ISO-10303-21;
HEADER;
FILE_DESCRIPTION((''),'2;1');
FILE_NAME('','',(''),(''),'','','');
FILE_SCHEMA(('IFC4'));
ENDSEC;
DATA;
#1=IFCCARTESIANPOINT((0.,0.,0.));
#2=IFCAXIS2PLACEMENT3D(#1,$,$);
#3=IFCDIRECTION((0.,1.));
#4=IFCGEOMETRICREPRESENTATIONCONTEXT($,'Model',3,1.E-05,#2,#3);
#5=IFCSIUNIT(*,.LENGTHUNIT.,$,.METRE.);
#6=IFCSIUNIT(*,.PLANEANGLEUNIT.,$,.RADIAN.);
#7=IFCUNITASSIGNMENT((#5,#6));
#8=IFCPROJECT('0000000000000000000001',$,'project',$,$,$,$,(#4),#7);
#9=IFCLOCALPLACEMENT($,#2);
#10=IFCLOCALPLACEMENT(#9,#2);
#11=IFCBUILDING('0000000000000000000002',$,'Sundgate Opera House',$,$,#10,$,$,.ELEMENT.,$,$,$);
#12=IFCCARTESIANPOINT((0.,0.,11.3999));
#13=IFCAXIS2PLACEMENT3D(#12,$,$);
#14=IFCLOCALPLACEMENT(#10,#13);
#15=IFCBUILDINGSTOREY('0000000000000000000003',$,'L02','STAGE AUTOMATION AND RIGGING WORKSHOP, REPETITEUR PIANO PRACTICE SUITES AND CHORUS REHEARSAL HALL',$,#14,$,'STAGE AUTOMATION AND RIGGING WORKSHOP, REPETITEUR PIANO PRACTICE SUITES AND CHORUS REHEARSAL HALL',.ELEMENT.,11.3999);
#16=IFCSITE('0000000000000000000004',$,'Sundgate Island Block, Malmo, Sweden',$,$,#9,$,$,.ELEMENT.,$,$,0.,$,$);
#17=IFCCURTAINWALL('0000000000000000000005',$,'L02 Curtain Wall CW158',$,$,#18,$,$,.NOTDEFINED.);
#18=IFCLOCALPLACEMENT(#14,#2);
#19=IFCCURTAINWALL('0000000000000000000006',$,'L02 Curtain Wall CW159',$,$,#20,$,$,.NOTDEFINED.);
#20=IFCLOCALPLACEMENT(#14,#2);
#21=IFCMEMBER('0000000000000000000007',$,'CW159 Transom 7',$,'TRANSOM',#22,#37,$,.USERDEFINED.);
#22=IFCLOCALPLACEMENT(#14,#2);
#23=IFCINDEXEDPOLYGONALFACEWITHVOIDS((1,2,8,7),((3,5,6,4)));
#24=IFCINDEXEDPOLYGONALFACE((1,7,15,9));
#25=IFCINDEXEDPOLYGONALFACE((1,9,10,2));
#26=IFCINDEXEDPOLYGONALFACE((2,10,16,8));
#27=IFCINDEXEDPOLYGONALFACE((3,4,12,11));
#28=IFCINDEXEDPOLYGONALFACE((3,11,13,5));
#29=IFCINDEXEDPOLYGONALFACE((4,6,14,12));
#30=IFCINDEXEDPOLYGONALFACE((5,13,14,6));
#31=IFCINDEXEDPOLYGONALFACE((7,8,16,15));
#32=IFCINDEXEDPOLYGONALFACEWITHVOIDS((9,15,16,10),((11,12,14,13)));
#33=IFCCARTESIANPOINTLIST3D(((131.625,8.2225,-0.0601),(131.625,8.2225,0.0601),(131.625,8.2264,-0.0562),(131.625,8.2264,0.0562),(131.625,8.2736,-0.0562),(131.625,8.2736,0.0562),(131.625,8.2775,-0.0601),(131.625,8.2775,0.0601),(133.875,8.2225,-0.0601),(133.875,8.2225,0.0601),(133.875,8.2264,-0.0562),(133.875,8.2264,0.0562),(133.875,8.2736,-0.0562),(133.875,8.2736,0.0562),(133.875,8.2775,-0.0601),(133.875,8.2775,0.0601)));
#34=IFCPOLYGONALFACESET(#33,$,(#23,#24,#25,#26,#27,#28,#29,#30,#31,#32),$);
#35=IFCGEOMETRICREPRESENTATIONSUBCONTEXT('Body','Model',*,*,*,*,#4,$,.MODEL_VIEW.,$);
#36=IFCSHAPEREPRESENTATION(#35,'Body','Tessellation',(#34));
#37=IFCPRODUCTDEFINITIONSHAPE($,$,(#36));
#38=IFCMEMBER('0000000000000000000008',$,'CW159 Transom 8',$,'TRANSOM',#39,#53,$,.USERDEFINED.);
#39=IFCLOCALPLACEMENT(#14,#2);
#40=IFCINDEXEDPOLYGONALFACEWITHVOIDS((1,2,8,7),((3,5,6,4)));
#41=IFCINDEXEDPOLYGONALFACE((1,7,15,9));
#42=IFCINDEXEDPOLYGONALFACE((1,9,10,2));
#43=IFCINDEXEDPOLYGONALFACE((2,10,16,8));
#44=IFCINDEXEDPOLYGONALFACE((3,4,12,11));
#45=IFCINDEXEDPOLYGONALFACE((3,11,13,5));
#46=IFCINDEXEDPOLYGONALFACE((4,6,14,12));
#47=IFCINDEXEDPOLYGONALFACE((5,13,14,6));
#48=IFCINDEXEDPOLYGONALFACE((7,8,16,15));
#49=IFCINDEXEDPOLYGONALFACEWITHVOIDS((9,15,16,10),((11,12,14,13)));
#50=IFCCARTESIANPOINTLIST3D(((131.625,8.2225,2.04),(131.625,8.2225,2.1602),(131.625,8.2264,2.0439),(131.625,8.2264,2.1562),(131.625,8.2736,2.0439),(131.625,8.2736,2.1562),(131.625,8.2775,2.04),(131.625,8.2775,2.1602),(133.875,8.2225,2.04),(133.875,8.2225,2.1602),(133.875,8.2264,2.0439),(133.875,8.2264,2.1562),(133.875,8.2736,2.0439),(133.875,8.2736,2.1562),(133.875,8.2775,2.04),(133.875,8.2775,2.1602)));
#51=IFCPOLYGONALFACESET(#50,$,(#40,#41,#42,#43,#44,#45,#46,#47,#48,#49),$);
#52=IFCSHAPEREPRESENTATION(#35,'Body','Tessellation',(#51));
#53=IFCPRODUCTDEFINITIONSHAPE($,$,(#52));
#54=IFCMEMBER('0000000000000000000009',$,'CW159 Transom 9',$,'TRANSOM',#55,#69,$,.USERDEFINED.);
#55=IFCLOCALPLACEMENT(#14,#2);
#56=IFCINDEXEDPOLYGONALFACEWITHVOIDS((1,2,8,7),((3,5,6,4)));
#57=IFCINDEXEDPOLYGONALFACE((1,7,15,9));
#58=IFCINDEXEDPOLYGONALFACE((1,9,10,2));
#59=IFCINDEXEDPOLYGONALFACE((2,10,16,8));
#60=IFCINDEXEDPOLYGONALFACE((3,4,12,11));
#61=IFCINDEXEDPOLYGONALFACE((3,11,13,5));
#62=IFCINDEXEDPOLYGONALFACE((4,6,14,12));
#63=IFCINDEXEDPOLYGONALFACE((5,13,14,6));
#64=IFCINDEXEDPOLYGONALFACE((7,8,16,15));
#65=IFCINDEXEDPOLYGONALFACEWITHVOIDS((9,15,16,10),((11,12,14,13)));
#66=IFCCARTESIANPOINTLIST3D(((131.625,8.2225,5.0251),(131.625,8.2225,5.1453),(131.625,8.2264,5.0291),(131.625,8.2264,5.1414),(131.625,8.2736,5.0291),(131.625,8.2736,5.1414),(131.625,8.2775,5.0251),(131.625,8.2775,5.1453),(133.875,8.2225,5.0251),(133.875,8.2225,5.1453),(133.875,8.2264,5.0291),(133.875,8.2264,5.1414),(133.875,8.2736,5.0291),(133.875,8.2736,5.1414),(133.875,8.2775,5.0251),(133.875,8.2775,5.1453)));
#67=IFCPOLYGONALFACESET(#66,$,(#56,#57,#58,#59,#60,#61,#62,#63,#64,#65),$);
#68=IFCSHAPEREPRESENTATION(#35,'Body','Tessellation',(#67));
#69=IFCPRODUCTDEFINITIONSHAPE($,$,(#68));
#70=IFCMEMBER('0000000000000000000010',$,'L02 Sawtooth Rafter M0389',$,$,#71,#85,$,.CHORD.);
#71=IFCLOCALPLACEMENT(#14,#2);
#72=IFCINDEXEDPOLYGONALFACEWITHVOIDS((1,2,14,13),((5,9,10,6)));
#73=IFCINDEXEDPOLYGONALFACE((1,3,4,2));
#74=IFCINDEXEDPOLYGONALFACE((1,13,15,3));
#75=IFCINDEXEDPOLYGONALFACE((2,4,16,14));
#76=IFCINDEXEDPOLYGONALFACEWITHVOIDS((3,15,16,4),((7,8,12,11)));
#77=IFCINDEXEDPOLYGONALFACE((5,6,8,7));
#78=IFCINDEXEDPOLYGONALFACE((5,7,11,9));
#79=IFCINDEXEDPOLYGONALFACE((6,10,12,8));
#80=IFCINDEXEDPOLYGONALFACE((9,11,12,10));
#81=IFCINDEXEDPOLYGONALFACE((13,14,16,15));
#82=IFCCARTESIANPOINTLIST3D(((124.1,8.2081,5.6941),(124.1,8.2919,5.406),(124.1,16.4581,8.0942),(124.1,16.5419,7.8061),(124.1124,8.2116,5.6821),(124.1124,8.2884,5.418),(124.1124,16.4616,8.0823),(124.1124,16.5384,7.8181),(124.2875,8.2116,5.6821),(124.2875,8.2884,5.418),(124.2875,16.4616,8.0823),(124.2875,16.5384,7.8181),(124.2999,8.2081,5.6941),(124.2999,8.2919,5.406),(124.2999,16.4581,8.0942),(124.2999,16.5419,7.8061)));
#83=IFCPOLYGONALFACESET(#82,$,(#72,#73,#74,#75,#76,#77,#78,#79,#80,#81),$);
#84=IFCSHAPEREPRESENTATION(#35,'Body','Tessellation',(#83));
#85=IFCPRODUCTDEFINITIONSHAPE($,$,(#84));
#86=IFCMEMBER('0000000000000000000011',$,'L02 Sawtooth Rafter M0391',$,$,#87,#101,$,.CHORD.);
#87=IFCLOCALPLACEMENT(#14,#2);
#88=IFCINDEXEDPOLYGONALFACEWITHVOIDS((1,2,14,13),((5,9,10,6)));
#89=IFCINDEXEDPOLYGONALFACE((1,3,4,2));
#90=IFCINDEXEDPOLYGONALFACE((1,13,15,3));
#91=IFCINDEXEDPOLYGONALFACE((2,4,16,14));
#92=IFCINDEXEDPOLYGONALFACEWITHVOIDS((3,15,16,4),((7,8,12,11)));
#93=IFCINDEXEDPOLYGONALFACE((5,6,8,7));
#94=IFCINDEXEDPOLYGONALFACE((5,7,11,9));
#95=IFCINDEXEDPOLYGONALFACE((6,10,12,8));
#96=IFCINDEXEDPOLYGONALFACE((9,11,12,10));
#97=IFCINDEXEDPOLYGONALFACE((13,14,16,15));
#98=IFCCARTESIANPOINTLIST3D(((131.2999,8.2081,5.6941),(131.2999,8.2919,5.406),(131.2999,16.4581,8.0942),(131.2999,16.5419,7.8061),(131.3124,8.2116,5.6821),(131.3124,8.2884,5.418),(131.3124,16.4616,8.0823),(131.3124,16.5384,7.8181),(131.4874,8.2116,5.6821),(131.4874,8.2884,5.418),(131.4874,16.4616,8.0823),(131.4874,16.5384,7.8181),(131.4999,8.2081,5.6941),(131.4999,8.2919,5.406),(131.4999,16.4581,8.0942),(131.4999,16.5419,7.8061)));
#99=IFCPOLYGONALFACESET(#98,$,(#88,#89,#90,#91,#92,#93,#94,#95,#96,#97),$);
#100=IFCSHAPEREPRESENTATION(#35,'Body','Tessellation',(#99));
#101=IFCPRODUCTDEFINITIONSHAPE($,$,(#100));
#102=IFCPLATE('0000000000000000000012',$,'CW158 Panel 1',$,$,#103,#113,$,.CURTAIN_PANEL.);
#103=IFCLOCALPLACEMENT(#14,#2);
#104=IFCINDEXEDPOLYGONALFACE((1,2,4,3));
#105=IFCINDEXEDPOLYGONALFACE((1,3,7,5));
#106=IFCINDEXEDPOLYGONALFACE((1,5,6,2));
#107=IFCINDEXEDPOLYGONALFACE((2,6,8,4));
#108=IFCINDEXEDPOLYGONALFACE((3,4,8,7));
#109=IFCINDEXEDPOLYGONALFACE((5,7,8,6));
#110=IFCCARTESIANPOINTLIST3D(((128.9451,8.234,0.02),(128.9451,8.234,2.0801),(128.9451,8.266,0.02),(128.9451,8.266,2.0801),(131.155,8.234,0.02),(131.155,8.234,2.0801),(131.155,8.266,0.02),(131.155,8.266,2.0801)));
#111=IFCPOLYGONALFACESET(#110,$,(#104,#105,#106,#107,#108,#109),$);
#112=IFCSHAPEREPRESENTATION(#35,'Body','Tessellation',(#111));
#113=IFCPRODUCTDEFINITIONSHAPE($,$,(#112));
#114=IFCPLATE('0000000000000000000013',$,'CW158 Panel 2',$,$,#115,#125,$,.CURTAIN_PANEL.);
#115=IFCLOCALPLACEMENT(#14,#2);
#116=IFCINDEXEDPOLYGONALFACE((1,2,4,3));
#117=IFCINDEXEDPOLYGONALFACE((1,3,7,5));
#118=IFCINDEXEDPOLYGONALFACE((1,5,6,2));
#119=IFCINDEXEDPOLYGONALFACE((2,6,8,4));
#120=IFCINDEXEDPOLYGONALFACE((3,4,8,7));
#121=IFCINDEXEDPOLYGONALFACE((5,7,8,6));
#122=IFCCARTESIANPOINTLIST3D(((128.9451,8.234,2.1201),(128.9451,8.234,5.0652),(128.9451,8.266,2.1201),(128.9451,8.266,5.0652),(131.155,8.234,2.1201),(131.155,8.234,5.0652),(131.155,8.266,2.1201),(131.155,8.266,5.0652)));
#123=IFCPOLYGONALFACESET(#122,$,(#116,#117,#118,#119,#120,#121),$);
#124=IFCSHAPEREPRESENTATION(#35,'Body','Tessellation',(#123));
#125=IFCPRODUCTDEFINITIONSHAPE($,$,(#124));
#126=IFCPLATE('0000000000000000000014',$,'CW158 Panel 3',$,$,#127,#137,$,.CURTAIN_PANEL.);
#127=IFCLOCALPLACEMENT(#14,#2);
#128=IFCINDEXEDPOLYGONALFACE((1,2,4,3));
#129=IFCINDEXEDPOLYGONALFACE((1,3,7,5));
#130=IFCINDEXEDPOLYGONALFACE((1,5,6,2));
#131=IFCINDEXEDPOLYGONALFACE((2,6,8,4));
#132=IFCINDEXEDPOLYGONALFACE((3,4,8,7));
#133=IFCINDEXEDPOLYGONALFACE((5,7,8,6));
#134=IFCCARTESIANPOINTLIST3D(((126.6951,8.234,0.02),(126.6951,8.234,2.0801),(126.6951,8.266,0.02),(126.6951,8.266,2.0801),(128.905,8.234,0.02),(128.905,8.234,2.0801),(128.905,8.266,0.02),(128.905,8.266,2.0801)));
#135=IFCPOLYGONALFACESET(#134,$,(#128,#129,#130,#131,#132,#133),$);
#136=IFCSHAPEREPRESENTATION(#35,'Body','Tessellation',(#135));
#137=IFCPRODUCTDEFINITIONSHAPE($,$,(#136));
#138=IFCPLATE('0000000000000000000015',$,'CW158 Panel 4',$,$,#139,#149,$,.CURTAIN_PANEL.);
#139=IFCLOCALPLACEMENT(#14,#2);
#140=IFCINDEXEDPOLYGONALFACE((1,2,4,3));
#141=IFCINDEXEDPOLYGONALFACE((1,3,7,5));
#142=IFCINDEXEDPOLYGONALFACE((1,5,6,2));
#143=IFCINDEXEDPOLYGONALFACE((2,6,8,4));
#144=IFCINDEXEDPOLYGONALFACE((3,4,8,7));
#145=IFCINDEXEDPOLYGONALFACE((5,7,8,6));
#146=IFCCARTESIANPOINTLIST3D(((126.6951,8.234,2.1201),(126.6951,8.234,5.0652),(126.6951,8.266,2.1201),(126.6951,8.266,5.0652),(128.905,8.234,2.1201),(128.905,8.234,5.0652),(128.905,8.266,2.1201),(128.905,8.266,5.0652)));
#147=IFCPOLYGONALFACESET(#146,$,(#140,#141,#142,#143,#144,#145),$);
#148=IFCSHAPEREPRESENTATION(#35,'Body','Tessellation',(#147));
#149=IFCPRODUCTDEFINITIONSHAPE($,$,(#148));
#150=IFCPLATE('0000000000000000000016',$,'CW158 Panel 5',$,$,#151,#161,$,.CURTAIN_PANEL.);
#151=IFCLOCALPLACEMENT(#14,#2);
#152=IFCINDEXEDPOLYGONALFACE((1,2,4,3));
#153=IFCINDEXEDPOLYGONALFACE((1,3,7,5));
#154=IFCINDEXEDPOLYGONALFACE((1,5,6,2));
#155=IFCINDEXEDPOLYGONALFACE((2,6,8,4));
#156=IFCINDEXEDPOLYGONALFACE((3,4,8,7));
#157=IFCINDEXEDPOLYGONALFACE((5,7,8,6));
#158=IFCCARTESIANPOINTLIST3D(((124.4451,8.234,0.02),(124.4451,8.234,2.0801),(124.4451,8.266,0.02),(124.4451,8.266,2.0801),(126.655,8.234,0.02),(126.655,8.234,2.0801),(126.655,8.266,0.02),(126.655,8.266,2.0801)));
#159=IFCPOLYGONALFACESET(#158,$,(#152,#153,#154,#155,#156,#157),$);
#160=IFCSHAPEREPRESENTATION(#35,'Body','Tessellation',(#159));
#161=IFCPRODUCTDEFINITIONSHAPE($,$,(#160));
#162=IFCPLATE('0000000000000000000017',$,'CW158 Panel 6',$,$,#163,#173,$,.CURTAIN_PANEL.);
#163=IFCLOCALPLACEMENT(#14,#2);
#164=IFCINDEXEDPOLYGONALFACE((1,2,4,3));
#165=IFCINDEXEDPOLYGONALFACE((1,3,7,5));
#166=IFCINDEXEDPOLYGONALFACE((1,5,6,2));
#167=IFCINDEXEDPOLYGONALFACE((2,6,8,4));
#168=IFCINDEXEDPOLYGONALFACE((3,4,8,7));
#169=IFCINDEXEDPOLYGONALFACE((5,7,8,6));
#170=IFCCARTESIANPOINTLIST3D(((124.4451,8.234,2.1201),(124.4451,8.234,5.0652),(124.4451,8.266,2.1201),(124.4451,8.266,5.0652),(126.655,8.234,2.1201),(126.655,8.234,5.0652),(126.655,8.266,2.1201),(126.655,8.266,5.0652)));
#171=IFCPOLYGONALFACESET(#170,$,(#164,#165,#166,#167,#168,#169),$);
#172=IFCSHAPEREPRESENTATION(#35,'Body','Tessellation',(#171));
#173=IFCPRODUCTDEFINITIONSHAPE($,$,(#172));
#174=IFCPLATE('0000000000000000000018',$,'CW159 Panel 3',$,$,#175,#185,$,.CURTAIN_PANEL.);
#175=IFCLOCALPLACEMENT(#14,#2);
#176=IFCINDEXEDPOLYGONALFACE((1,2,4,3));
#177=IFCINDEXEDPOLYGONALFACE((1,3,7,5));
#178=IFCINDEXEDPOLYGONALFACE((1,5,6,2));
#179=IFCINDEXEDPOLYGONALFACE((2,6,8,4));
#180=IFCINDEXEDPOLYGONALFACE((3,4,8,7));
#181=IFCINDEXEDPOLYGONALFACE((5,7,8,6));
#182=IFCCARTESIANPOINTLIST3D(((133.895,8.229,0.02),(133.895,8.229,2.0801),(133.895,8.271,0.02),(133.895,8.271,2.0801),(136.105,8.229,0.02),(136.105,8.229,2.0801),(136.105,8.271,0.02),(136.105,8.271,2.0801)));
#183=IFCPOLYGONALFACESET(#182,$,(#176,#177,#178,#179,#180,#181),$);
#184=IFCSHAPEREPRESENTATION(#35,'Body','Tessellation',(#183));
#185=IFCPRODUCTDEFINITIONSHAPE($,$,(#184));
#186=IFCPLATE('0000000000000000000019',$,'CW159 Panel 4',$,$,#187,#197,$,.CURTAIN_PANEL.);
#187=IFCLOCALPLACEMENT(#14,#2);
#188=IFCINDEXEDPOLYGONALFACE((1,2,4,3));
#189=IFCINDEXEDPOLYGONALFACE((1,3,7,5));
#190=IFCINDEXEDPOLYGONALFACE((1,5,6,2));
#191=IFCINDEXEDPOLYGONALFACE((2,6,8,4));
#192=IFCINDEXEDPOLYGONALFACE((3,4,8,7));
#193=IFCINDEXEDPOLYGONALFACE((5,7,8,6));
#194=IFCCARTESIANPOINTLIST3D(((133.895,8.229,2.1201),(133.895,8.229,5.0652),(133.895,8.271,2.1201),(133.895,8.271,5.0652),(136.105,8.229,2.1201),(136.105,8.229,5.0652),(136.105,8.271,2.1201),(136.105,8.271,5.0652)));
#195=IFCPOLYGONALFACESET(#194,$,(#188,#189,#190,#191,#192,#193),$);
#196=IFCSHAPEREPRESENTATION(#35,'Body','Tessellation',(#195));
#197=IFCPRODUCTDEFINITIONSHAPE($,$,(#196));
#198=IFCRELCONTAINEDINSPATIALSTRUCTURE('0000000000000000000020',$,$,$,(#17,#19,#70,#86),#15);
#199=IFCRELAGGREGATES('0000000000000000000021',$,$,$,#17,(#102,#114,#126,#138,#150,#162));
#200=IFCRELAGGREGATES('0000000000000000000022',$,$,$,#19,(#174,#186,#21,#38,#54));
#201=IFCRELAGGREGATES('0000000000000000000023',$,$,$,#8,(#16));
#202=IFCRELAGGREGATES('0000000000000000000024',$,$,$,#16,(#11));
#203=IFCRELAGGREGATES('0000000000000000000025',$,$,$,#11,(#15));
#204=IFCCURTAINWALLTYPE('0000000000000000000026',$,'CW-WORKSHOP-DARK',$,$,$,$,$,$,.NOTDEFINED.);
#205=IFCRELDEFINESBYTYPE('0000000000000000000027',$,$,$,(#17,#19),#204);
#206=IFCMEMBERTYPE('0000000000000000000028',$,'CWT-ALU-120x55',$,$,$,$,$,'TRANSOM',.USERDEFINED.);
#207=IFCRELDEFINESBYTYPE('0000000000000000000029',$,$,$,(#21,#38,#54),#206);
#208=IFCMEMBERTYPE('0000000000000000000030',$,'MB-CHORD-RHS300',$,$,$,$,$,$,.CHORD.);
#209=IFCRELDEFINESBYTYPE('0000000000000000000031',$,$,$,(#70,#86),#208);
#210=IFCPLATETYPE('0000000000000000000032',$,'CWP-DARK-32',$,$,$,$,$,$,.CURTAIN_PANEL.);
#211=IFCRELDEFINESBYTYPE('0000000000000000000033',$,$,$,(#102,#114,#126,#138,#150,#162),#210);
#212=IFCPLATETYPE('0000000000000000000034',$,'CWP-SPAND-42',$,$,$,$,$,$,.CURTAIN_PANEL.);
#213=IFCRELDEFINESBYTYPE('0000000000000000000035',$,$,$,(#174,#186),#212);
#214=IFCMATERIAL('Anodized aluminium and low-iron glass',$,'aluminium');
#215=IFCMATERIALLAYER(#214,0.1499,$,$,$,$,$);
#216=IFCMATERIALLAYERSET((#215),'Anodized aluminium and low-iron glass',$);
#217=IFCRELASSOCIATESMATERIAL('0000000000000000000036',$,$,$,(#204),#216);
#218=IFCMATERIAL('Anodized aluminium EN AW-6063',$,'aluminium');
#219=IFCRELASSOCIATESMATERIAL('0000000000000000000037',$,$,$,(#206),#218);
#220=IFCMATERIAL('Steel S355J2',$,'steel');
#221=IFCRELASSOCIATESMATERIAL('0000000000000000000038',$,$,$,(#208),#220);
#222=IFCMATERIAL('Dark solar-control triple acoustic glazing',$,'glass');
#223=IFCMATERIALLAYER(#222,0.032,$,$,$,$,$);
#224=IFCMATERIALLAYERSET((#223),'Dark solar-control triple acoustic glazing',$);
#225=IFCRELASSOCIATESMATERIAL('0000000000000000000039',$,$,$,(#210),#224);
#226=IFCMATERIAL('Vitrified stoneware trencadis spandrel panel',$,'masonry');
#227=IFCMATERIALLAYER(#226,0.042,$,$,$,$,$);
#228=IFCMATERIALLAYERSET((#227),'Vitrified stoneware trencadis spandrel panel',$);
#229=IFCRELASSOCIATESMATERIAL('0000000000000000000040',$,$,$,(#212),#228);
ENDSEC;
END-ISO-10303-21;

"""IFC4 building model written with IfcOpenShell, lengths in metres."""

from ifc_helpers import new_model, si_unit, direction, frame, origin, origin_2d, place, context, subcontext, project, spatial, rectangle, hollow_rectangle, extrude, material, layer, layer_set, material_profile, profile_set, type_object, element, aggregate, save


model = new_model("IFC4")

# Units and contexts
model_context = context("Model", 3, precision=1e-05, world=origin(), true_north=direction((0.0, 1.0)))
body_context = subcontext(model_context, "Body", "Model", "MODEL_VIEW")
ifc_project = project(units=[si_unit("LENGTHUNIT", "METRE"), si_unit("PLANEANGLEUNIT", "RADIAN")], contexts=[model_context])

# Site, building, storey
site_placement = place(None, origin())
site = spatial("IfcSite", under=ifc_project, at=site_placement, Name="Sundgate Island Block, Malmo, Sweden", CompositionType="ELEMENT", RefElevation=0.0)
building_placement = place(site_placement, origin())
building = spatial("IfcBuilding", under=site, at=building_placement, Name="Sundgate Opera House", CompositionType="ELEMENT")
storey_placement = place(building_placement, frame((0.0, 0.0, 11.3999)))
storey = spatial("IfcBuildingStorey", under=building, at=storey_placement, Name="L02", Description="STAGE AUTOMATION AND RIGGING WORKSHOP, REPETITEUR PIANO PRACTICE SUITES AND CHORUS REHEARSAL HALL", LongName="STAGE AUTOMATION AND RIGGING WORKSHOP, REPETITEUR PIANO PRACTICE SUITES AND CHORUS REHEARSAL HALL", CompositionType="ELEMENT", Elevation=11.3999)

# Curtain walls
ifc_material_1 = material(Name="Anodized aluminium and low-iron glass", Category="aluminium")
ifc_layer_1 = layer(ifc_material_1, 0.1499)
ifc_layer_set_1 = layer_set([ifc_layer_1], Name="Anodized aluminium and low-iron glass")
curtain_wall_type = type_object("IfcCurtainWallType", Name="CW-WORKSHOP-DARK", PredefinedType="NOTDEFINED", material=ifc_layer_set_1)
curtain_wall_1_placement = place(storey_placement, origin())
curtain_wall_1 = element("IfcCurtainWall", 1, at=curtain_wall_1_placement, inside=storey, type_object=curtain_wall_type, Name="L02 Curtain Wall CW158", PredefinedType="NOTDEFINED")
curtain_wall_2_placement = place(storey_placement, origin())
curtain_wall_2 = element("IfcCurtainWall", 2, at=curtain_wall_2_placement, inside=storey, type_object=curtain_wall_type, Name="L02 Curtain Wall CW159", PredefinedType="NOTDEFINED")

# Members
ifc_material_2 = material(Name="Anodized aluminium EN AW-6063", Category="aluminium")
ifc_material_profile_1 = material_profile(ifc_material_2, hollow_rectangle(XDim=0.0549, YDim=0.1201, WallThickness=0.0039, at=origin_2d()), Name="CWT 120x55x4")
ifc_profile_set_1 = profile_set([ifc_material_profile_1], Name="Anodized aluminium EN AW-6063")
member_type_1 = type_object("IfcMemberType", Name="CWT-ALU-120x55", ElementType="TRANSOM", PredefinedType="USERDEFINED", material=ifc_profile_set_1)
member_1_placement = place(storey_placement, frame((133.875, 8.25, 0.0), z_axis=(-1.0, 0.0, 0.0), x_axis=(0.0, -1.0, 0.0)))
member_1 = element("IfcMember", 3, at=member_1_placement, type_object=member_type_1, Name="CW159 Transom 7", ObjectType="TRANSOM", PredefinedType="USERDEFINED", context=body_context, shape_type="SweptSolid", body=[
    extrude(hollow_rectangle(XDim=0.0549, YDim=0.1201, WallThickness=0.0039, at=origin_2d()), origin(), (0.0, 0.0, 1.0), 2.25),
])
member_2_placement = place(storey_placement, frame((133.875, 8.25, 2.1001), z_axis=(-1.0, 0.0, 0.0), x_axis=(0.0, -1.0, 0.0)))
member_2 = element("IfcMember", 4, at=member_2_placement, type_object=member_type_1, Name="CW159 Transom 8", ObjectType="TRANSOM", PredefinedType="USERDEFINED", context=body_context, shape_type="SweptSolid", body=[
    extrude(hollow_rectangle(XDim=0.0549, YDim=0.1201, WallThickness=0.0039, at=origin_2d()), origin(), (0.0, 0.0, 1.0), 2.25),
])
member_3_placement = place(storey_placement, frame((133.875, 8.25, 5.0852), z_axis=(-1.0, 0.0, 0.0), x_axis=(0.0, -1.0, 0.0)))
member_3 = element("IfcMember", 5, at=member_3_placement, type_object=member_type_1, Name="CW159 Transom 9", ObjectType="TRANSOM", PredefinedType="USERDEFINED", context=body_context, shape_type="SweptSolid", body=[
    extrude(hollow_rectangle(XDim=0.0549, YDim=0.1201, WallThickness=0.0039, at=origin_2d()), origin(), (0.0, 0.0, 1.0), 2.25),
])

# Members
ifc_material_3 = material(Name="Steel S355J2", Category="steel")
ifc_material_profile_2 = material_profile(ifc_material_3, hollow_rectangle(XDim=0.2, YDim=0.3, WallThickness=0.0125, at=origin_2d()), Name="RHS 300x200x12.5")
ifc_profile_set_2 = profile_set([ifc_material_profile_2], Name="Steel S355J2")
member_type_2 = type_object("IfcMemberType", Name="MB-CHORD-RHS300", PredefinedType="CHORD", material=ifc_profile_set_2)
for number, where, z_axis, x_axis, name in (
    (6, (124.2, 8.25, 5.55), (0.0, 0.960191, 0.279345), (-1.0, 0.0, 0.0), "L02 Sawtooth Rafter M0389"),
    (7, (131.3999, 8.25, 5.55), (0.0, 0.960191, 0.279345), (-1.0, 0.0, 0.0), "L02 Sawtooth Rafter M0391"),
):
    element("IfcMember", number, at=place(storey_placement, frame(where, z_axis=z_axis, x_axis=x_axis)), inside=storey, type_object=member_type_2, Name=name, PredefinedType="CHORD", context=body_context, shape_type="SweptSolid", body=[
        extrude(hollow_rectangle(XDim=0.2, YDim=0.3, WallThickness=0.0125, at=origin_2d()), origin(), (0.0, 0.0, 1.0), 8.592),
    ])

# Plates
ifc_material_4 = material(Name="Dark solar-control triple acoustic glazing", Category="glass")
ifc_layer_2 = layer(ifc_material_4, 0.032)
ifc_layer_set_2 = layer_set([ifc_layer_2], Name="Dark solar-control triple acoustic glazing")
plate_type_1 = type_object("IfcPlateType", Name="CWP-DARK-32", PredefinedType="CURTAIN_PANEL", material=ifc_layer_set_2)
plate_1_placement = place(storey_placement, frame((130.05, 8.25, 0.02), z_axis=(0.0, 0.0, 1.0), x_axis=(-1.0, 0.0, 0.0)))
plate_1 = element("IfcPlate", 8, at=plate_1_placement, type_object=plate_type_1, Name="CW158 Panel 1", PredefinedType="CURTAIN_PANEL", context=body_context, shape_type="SweptSolid", body=[
    extrude(rectangle(XDim=2.21, YDim=0.032, at=origin_2d()), origin(), (0.0, 0.0, 1.0), 2.0601),
])
plate_2_placement = place(storey_placement, frame((130.05, 8.25, 2.1201), z_axis=(0.0, 0.0, 1.0), x_axis=(-1.0, 0.0, 0.0)))
plate_2 = element("IfcPlate", 9, at=plate_2_placement, type_object=plate_type_1, Name="CW158 Panel 2", PredefinedType="CURTAIN_PANEL", context=body_context, shape_type="SweptSolid", body=[
    extrude(rectangle(XDim=2.21, YDim=0.032, at=origin_2d()), origin(), (0.0, 0.0, 1.0), 2.9451),
])
plate_3_placement = place(storey_placement, frame((127.8, 8.25, 0.02), z_axis=(0.0, 0.0, 1.0), x_axis=(-1.0, 0.0, 0.0)))
plate_3 = element("IfcPlate", 10, at=plate_3_placement, type_object=plate_type_1, Name="CW158 Panel 3", PredefinedType="CURTAIN_PANEL", context=body_context, shape_type="SweptSolid", body=[
    extrude(rectangle(XDim=2.21, YDim=0.032, at=origin_2d()), origin(), (0.0, 0.0, 1.0), 2.0601),
])
plate_4_placement = place(storey_placement, frame((127.8, 8.25, 2.1201), z_axis=(0.0, 0.0, 1.0), x_axis=(-1.0, 0.0, 0.0)))
plate_4 = element("IfcPlate", 11, at=plate_4_placement, type_object=plate_type_1, Name="CW158 Panel 4", PredefinedType="CURTAIN_PANEL", context=body_context, shape_type="SweptSolid", body=[
    extrude(rectangle(XDim=2.21, YDim=0.032, at=origin_2d()), origin(), (0.0, 0.0, 1.0), 2.9451),
])
plate_5_placement = place(storey_placement, frame((125.55, 8.25, 0.02), z_axis=(0.0, 0.0, 1.0), x_axis=(-1.0, 0.0, 0.0)))
plate_5 = element("IfcPlate", 12, at=plate_5_placement, type_object=plate_type_1, Name="CW158 Panel 5", PredefinedType="CURTAIN_PANEL", context=body_context, shape_type="SweptSolid", body=[
    extrude(rectangle(XDim=2.21, YDim=0.032, at=origin_2d()), origin(), (0.0, 0.0, 1.0), 2.0601),
])
plate_6_placement = place(storey_placement, frame((125.55, 8.25, 2.1201), z_axis=(0.0, 0.0, 1.0), x_axis=(-1.0, 0.0, 0.0)))
plate_6 = element("IfcPlate", 13, at=plate_6_placement, type_object=plate_type_1, Name="CW158 Panel 6", PredefinedType="CURTAIN_PANEL", context=body_context, shape_type="SweptSolid", body=[
    extrude(rectangle(XDim=2.21, YDim=0.032, at=origin_2d()), origin(), (0.0, 0.0, 1.0), 2.9451),
])
aggregate(curtain_wall_1, [plate_1, plate_2, plate_3, plate_4, plate_5, plate_6])
ifc_material_5 = material(Name="Vitrified stoneware trencadis spandrel panel", Category="masonry")
ifc_layer_3 = layer(ifc_material_5, 0.042)
ifc_layer_set_3 = layer_set([ifc_layer_3], Name="Vitrified stoneware trencadis spandrel panel")
plate_type_2 = type_object("IfcPlateType", Name="CWP-SPAND-42", PredefinedType="CURTAIN_PANEL", material=ifc_layer_set_3)
plate_7_placement = place(storey_placement, frame((135.0, 8.25, 0.02), z_axis=(0.0, 0.0, 1.0), x_axis=(-1.0, 0.0, 0.0)))
plate_7 = element("IfcPlate", 14, at=plate_7_placement, type_object=plate_type_2, Name="CW159 Panel 3", PredefinedType="CURTAIN_PANEL", context=body_context, shape_type="SweptSolid", body=[
    extrude(rectangle(XDim=2.21, YDim=0.042, at=origin_2d()), origin(), (0.0, 0.0, 1.0), 2.0601),
])
plate_8_placement = place(storey_placement, frame((135.0, 8.25, 2.1201), z_axis=(0.0, 0.0, 1.0), x_axis=(-1.0, 0.0, 0.0)))
plate_8 = element("IfcPlate", 15, at=plate_8_placement, type_object=plate_type_2, Name="CW159 Panel 4", PredefinedType="CURTAIN_PANEL", context=body_context, shape_type="SweptSolid", body=[
    extrude(rectangle(XDim=2.21, YDim=0.042, at=origin_2d()), origin(), (0.0, 0.0, 1.0), 2.9451),
])
aggregate(curtain_wall_2, [plate_7, plate_8, member_1, member_2, member_3])

save(model, "model.ifc")
